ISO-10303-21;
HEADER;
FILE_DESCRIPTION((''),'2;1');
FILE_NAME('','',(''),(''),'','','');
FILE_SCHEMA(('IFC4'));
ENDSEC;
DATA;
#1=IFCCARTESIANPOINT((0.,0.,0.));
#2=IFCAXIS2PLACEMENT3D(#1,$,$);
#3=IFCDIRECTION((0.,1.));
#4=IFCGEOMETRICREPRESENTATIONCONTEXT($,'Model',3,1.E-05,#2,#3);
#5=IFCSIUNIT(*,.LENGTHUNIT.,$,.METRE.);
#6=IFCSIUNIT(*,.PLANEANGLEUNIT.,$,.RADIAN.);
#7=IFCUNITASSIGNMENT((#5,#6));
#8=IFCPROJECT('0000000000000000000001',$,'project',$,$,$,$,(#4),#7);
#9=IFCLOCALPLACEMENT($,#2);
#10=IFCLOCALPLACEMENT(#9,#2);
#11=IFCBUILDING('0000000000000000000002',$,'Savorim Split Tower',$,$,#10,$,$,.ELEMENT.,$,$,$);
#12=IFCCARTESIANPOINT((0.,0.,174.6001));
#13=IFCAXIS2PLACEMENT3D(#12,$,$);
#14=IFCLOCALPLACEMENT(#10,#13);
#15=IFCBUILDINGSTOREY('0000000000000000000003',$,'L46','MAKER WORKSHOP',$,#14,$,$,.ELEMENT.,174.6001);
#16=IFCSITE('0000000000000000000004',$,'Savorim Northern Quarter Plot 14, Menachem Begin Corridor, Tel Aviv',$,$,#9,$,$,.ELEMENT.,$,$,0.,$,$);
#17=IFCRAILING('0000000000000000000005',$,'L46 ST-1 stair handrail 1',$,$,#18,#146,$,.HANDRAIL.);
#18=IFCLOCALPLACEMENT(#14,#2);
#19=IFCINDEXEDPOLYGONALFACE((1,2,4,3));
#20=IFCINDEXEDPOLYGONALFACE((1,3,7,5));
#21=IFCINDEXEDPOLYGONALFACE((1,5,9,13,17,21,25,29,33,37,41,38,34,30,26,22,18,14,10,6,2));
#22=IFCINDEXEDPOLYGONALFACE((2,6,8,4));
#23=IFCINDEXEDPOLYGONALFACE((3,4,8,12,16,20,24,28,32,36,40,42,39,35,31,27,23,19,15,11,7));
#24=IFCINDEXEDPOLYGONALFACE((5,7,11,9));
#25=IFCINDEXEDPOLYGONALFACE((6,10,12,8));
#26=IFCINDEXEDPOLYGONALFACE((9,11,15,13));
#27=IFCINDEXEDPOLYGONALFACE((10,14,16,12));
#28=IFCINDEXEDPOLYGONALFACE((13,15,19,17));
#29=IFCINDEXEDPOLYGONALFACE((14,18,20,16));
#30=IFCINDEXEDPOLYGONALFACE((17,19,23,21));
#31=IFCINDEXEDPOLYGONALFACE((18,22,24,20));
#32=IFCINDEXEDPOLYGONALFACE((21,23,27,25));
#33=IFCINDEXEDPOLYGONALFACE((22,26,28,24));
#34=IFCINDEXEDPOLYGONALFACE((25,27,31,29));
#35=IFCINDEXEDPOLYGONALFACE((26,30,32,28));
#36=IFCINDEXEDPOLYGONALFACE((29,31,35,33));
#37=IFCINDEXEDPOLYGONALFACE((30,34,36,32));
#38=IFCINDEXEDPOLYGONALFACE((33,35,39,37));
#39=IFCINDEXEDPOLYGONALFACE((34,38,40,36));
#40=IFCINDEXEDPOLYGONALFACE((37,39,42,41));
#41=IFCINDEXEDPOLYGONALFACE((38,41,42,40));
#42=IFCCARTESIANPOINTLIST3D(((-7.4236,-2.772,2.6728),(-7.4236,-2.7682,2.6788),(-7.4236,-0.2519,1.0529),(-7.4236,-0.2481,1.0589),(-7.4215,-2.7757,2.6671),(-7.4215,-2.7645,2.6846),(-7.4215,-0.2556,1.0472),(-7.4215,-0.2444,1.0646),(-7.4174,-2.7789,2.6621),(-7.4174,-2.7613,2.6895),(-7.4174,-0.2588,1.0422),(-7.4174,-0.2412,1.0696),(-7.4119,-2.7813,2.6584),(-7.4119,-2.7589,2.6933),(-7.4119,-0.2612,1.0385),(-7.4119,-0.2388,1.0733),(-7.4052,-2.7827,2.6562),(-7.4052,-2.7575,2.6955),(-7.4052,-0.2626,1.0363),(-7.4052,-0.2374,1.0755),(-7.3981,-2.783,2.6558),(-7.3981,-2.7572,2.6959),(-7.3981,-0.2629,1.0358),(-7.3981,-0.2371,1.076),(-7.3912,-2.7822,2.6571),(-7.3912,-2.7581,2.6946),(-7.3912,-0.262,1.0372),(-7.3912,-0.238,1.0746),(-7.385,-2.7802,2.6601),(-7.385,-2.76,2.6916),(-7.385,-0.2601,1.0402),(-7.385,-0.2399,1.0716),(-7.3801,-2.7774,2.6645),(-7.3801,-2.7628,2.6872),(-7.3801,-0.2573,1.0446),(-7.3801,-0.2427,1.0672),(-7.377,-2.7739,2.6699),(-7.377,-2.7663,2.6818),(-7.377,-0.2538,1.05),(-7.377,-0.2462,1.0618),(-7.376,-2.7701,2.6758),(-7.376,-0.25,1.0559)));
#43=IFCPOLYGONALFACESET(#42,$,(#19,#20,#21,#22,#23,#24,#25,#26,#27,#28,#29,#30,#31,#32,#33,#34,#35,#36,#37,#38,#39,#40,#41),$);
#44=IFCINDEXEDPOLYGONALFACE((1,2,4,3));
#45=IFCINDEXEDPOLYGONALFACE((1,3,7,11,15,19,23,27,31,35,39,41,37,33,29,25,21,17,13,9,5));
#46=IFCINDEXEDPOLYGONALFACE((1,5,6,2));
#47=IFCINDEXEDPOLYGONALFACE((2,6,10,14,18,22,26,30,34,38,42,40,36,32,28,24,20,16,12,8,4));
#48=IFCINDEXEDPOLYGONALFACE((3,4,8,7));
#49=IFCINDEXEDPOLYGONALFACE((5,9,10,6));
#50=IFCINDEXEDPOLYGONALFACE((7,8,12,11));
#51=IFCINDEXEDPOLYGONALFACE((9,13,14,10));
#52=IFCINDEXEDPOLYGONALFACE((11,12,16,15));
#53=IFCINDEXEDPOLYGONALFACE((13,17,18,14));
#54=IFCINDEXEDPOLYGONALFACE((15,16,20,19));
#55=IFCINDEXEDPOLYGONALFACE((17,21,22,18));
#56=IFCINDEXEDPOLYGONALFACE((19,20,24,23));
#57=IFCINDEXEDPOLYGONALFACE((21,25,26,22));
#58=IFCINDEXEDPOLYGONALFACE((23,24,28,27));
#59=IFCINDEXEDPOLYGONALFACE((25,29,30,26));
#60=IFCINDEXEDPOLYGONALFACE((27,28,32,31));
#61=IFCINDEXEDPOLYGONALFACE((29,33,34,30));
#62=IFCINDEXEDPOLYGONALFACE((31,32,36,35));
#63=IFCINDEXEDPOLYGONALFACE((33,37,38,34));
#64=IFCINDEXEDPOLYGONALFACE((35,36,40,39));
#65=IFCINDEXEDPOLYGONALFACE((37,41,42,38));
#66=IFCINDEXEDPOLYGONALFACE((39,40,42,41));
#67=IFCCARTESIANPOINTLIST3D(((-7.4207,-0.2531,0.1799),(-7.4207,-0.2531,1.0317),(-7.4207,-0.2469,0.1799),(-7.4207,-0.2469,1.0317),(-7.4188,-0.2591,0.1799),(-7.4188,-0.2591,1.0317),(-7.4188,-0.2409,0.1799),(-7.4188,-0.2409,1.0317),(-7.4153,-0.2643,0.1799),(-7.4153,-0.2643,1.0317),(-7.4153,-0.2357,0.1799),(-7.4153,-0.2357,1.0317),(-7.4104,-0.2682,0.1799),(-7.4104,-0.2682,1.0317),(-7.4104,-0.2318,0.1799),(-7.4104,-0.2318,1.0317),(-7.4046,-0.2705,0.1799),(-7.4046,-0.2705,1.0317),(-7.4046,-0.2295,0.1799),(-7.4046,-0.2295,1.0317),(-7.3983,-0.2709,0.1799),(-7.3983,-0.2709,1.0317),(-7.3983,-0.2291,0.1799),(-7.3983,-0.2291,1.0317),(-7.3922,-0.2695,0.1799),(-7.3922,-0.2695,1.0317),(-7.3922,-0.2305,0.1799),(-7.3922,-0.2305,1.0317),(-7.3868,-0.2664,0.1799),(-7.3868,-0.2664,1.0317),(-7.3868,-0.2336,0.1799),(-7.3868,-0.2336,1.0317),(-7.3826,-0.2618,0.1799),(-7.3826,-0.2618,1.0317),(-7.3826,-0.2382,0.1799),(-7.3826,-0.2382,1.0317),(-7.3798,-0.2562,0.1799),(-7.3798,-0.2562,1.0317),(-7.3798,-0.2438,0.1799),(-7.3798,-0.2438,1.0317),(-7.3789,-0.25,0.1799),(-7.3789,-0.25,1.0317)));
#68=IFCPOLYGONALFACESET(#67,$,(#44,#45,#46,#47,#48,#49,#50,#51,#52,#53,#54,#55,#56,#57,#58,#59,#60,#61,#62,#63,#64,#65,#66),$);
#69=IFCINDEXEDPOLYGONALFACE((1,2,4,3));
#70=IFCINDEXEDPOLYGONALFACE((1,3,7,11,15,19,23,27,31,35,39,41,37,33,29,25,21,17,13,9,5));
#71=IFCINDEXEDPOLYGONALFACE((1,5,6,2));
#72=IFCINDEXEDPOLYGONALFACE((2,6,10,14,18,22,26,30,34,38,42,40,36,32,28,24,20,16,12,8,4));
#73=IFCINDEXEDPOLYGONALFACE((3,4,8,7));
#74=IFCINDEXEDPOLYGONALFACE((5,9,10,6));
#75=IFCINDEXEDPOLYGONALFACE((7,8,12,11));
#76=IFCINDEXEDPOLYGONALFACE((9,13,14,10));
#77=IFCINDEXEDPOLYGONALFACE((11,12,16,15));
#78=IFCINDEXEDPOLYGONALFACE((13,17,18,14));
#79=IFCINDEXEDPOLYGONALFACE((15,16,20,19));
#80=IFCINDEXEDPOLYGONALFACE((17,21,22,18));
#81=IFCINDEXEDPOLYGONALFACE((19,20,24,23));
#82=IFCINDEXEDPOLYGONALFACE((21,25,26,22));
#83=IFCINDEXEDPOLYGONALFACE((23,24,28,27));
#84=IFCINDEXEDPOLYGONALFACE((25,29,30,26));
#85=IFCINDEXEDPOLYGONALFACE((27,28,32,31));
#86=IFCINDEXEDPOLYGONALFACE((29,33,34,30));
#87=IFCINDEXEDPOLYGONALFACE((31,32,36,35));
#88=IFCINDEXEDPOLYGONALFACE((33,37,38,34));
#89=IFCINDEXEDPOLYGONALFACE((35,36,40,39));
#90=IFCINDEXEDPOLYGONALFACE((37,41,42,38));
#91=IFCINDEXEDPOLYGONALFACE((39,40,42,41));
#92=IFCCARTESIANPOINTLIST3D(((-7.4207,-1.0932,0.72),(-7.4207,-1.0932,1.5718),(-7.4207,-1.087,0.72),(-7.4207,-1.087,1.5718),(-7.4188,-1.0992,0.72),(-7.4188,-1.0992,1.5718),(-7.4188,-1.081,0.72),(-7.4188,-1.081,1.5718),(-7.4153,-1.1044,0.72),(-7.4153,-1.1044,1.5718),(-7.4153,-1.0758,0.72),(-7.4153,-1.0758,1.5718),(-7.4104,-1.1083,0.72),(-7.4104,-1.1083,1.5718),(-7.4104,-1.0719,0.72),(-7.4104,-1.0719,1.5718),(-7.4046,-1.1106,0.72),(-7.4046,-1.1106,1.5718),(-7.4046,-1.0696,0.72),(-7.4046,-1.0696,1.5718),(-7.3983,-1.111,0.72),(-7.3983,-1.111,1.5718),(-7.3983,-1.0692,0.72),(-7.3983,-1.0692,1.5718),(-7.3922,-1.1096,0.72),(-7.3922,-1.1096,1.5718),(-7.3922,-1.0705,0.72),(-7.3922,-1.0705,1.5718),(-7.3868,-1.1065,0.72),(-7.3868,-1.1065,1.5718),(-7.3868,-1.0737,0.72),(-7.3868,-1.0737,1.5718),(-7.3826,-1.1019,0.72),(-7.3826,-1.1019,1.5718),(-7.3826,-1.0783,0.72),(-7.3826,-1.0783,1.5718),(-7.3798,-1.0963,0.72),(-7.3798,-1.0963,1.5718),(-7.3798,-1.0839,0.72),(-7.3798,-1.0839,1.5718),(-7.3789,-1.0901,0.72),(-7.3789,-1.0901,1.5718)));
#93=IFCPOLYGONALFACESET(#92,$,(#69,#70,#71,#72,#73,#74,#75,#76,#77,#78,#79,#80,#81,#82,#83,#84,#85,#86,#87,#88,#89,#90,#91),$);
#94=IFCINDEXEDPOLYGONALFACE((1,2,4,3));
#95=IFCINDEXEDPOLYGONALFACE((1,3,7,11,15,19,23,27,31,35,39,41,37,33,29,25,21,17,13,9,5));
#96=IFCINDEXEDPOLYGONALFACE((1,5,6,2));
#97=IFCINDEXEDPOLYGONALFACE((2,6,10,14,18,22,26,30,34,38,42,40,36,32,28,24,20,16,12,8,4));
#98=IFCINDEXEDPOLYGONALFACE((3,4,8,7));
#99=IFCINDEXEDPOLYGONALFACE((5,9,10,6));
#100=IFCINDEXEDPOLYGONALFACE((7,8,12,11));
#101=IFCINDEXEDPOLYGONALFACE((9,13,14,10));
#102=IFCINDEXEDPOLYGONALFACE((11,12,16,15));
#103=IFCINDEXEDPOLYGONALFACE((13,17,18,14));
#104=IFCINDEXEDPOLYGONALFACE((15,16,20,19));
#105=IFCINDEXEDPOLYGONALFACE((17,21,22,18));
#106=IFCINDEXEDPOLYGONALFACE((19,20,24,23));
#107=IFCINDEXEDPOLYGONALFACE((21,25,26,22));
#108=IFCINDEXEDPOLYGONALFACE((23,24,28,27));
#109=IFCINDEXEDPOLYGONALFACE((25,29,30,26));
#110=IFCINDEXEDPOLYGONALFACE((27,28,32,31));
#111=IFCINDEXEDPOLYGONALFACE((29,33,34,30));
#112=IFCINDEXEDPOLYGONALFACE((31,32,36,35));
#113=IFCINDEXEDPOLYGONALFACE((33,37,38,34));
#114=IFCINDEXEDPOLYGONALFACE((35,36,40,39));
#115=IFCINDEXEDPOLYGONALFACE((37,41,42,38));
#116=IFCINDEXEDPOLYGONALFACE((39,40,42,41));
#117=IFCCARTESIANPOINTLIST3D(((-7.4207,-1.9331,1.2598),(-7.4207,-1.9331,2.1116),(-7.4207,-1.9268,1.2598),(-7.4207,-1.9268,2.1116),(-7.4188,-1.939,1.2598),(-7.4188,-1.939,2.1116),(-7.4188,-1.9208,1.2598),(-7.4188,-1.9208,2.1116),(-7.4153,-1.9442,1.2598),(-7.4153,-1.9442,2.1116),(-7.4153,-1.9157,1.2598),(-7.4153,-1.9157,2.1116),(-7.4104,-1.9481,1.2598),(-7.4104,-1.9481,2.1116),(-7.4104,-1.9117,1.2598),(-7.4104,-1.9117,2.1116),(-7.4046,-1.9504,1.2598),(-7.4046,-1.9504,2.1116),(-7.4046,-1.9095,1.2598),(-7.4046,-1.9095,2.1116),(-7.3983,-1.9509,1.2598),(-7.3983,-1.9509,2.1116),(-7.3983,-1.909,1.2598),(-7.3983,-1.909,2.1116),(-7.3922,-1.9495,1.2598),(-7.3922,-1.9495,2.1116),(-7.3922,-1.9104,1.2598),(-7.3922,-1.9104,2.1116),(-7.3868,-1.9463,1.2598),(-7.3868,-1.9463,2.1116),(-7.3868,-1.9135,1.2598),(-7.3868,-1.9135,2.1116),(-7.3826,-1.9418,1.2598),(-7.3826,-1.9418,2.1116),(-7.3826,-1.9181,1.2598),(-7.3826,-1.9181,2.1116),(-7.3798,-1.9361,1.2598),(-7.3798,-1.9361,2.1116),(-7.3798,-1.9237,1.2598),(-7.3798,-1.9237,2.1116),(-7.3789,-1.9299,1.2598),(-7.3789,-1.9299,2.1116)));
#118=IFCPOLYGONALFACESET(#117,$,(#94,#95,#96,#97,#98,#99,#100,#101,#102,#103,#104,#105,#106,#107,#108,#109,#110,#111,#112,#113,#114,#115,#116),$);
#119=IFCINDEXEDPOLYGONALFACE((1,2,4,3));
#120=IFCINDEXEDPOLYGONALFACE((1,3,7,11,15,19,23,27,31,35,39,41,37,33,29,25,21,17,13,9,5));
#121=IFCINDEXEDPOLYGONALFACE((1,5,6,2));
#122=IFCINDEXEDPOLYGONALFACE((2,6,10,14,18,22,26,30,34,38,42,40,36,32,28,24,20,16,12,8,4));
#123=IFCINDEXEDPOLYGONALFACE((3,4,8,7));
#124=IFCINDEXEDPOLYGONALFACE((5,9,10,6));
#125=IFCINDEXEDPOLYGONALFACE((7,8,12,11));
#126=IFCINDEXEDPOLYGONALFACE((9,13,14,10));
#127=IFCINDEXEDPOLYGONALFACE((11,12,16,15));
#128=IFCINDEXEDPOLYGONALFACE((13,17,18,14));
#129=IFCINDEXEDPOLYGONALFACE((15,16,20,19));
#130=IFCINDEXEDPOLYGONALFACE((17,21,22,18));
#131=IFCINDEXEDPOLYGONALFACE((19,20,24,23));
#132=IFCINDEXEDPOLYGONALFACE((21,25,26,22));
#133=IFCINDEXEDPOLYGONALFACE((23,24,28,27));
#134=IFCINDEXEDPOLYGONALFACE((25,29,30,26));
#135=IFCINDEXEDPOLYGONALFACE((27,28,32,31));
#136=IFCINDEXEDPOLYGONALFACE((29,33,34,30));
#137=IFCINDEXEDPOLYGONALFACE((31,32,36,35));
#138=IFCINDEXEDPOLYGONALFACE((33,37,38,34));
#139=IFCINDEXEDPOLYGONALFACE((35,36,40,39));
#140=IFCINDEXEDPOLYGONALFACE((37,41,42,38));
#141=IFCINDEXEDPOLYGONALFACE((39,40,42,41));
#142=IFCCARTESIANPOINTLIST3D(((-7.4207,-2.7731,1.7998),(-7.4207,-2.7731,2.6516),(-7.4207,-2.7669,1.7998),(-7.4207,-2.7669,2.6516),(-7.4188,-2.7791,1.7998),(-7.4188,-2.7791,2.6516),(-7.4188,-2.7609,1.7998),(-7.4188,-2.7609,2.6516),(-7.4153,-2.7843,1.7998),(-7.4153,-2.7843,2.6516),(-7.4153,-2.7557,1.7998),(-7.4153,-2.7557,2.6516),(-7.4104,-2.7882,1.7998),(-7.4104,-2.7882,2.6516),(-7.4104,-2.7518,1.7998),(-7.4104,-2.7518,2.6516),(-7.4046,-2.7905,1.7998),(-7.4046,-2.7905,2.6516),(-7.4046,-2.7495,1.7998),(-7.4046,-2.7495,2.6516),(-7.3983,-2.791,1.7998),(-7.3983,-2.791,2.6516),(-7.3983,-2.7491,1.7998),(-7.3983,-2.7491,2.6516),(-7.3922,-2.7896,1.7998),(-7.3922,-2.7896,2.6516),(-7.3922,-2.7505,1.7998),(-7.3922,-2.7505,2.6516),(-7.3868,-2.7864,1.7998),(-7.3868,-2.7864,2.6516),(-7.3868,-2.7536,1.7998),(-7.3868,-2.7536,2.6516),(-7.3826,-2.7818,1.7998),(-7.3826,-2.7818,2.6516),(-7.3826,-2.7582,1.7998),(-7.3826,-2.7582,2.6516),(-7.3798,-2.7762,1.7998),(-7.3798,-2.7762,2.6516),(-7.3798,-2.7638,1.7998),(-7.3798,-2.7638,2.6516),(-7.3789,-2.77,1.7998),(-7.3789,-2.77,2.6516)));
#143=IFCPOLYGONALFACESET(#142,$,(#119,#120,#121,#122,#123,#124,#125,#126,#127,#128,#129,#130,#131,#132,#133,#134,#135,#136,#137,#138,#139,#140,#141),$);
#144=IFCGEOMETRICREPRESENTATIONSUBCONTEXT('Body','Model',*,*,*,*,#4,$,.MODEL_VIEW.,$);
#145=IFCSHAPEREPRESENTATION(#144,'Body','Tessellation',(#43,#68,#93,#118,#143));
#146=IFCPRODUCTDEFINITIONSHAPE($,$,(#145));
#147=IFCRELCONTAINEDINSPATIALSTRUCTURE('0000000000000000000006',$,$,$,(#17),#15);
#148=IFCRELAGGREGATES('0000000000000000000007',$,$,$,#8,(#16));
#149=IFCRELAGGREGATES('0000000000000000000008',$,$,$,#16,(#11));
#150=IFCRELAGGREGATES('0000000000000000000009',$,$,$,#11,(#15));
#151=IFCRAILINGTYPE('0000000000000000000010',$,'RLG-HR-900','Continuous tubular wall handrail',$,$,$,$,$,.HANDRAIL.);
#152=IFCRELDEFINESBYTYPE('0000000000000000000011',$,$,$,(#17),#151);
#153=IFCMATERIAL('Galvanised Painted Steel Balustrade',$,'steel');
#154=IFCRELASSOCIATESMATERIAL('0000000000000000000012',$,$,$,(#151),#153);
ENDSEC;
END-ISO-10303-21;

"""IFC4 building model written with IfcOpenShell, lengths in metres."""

from ifc_helpers import new_model, si_unit, direction, frame, origin, origin_2d, place, context, subcontext, project, spatial, circle, extrude, material, type_object, element, save


model = new_model("IFC4")

# Units and contexts
model_context = context("Model", 3, precision=1e-05, world=origin(), true_north=direction((0.0, 1.0)))
body_context = subcontext(model_context, "Body", "Model", "MODEL_VIEW")
ifc_project = project(units=[si_unit("LENGTHUNIT", "METRE"), si_unit("PLANEANGLEUNIT", "RADIAN")], contexts=[model_context])

# Site, building, storey
site_placement = place(None, origin())
site = spatial("IfcSite", under=ifc_project, at=site_placement, Name="Savorim Northern Quarter Plot 14, Menachem Begin Corridor, Tel Aviv", CompositionType="ELEMENT", RefElevation=0.0)
building_placement = place(site_placement, origin())
building = spatial("IfcBuilding", under=site, at=building_placement, Name="Savorim Split Tower", CompositionType="ELEMENT")
storey_placement = place(building_placement, frame((0.0, 0.0, 174.6001)))
storey = spatial("IfcBuildingStorey", under=building, at=storey_placement, Name="L46", Description="MAKER WORKSHOP", CompositionType="ELEMENT", Elevation=174.6001)

# Railing
ifc_material_1 = material(Name="Galvanised Painted Steel Balustrade", Category="steel")
railing_type_1 = type_object("IfcRailingType", Name="RLG-HR-900", Description="Continuous tubular wall handrail", PredefinedType="HANDRAIL", material=ifc_material_1)
railing_1_placement = place(storey_placement, frame((-7.3999, -0.25, 0.1799)))
element("IfcRailing", 1, at=railing_1_placement, inside=storey, type_object=railing_type_1, Name="L46 ST-1 stair handrail 1", PredefinedType="HANDRAIL", context=body_context, shape_type="SweptSolid", body=[
    extrude(circle(Radius=0.0239, at=origin_2d()), frame((0.0, 0.0, 0.876), z_axis=(0.0, -0.8412, 0.540725), x_axis=(1.0, 0.0, 0.0)), (0.0, 0.0, 1.0), 2.9958),
    extrude(circle(Radius=0.021, at=origin_2d()), origin(), (0.0, 0.0, 1.0), 0.8518),
    extrude(circle(Radius=0.021, at=origin_2d()), frame((0.0, -0.8401, 0.54)), (0.0, 0.0, 1.0), 0.8518),
    extrude(circle(Radius=0.021, at=origin_2d()), frame((0.0, -1.6799, 1.0798)), (0.0, 0.0, 1.0), 0.8518),
    extrude(circle(Radius=0.021, at=origin_2d()), frame((0.0, -2.52, 1.6199)), (0.0, 0.0, 1.0), 0.8518),
])

save(model, "model.ifc")
